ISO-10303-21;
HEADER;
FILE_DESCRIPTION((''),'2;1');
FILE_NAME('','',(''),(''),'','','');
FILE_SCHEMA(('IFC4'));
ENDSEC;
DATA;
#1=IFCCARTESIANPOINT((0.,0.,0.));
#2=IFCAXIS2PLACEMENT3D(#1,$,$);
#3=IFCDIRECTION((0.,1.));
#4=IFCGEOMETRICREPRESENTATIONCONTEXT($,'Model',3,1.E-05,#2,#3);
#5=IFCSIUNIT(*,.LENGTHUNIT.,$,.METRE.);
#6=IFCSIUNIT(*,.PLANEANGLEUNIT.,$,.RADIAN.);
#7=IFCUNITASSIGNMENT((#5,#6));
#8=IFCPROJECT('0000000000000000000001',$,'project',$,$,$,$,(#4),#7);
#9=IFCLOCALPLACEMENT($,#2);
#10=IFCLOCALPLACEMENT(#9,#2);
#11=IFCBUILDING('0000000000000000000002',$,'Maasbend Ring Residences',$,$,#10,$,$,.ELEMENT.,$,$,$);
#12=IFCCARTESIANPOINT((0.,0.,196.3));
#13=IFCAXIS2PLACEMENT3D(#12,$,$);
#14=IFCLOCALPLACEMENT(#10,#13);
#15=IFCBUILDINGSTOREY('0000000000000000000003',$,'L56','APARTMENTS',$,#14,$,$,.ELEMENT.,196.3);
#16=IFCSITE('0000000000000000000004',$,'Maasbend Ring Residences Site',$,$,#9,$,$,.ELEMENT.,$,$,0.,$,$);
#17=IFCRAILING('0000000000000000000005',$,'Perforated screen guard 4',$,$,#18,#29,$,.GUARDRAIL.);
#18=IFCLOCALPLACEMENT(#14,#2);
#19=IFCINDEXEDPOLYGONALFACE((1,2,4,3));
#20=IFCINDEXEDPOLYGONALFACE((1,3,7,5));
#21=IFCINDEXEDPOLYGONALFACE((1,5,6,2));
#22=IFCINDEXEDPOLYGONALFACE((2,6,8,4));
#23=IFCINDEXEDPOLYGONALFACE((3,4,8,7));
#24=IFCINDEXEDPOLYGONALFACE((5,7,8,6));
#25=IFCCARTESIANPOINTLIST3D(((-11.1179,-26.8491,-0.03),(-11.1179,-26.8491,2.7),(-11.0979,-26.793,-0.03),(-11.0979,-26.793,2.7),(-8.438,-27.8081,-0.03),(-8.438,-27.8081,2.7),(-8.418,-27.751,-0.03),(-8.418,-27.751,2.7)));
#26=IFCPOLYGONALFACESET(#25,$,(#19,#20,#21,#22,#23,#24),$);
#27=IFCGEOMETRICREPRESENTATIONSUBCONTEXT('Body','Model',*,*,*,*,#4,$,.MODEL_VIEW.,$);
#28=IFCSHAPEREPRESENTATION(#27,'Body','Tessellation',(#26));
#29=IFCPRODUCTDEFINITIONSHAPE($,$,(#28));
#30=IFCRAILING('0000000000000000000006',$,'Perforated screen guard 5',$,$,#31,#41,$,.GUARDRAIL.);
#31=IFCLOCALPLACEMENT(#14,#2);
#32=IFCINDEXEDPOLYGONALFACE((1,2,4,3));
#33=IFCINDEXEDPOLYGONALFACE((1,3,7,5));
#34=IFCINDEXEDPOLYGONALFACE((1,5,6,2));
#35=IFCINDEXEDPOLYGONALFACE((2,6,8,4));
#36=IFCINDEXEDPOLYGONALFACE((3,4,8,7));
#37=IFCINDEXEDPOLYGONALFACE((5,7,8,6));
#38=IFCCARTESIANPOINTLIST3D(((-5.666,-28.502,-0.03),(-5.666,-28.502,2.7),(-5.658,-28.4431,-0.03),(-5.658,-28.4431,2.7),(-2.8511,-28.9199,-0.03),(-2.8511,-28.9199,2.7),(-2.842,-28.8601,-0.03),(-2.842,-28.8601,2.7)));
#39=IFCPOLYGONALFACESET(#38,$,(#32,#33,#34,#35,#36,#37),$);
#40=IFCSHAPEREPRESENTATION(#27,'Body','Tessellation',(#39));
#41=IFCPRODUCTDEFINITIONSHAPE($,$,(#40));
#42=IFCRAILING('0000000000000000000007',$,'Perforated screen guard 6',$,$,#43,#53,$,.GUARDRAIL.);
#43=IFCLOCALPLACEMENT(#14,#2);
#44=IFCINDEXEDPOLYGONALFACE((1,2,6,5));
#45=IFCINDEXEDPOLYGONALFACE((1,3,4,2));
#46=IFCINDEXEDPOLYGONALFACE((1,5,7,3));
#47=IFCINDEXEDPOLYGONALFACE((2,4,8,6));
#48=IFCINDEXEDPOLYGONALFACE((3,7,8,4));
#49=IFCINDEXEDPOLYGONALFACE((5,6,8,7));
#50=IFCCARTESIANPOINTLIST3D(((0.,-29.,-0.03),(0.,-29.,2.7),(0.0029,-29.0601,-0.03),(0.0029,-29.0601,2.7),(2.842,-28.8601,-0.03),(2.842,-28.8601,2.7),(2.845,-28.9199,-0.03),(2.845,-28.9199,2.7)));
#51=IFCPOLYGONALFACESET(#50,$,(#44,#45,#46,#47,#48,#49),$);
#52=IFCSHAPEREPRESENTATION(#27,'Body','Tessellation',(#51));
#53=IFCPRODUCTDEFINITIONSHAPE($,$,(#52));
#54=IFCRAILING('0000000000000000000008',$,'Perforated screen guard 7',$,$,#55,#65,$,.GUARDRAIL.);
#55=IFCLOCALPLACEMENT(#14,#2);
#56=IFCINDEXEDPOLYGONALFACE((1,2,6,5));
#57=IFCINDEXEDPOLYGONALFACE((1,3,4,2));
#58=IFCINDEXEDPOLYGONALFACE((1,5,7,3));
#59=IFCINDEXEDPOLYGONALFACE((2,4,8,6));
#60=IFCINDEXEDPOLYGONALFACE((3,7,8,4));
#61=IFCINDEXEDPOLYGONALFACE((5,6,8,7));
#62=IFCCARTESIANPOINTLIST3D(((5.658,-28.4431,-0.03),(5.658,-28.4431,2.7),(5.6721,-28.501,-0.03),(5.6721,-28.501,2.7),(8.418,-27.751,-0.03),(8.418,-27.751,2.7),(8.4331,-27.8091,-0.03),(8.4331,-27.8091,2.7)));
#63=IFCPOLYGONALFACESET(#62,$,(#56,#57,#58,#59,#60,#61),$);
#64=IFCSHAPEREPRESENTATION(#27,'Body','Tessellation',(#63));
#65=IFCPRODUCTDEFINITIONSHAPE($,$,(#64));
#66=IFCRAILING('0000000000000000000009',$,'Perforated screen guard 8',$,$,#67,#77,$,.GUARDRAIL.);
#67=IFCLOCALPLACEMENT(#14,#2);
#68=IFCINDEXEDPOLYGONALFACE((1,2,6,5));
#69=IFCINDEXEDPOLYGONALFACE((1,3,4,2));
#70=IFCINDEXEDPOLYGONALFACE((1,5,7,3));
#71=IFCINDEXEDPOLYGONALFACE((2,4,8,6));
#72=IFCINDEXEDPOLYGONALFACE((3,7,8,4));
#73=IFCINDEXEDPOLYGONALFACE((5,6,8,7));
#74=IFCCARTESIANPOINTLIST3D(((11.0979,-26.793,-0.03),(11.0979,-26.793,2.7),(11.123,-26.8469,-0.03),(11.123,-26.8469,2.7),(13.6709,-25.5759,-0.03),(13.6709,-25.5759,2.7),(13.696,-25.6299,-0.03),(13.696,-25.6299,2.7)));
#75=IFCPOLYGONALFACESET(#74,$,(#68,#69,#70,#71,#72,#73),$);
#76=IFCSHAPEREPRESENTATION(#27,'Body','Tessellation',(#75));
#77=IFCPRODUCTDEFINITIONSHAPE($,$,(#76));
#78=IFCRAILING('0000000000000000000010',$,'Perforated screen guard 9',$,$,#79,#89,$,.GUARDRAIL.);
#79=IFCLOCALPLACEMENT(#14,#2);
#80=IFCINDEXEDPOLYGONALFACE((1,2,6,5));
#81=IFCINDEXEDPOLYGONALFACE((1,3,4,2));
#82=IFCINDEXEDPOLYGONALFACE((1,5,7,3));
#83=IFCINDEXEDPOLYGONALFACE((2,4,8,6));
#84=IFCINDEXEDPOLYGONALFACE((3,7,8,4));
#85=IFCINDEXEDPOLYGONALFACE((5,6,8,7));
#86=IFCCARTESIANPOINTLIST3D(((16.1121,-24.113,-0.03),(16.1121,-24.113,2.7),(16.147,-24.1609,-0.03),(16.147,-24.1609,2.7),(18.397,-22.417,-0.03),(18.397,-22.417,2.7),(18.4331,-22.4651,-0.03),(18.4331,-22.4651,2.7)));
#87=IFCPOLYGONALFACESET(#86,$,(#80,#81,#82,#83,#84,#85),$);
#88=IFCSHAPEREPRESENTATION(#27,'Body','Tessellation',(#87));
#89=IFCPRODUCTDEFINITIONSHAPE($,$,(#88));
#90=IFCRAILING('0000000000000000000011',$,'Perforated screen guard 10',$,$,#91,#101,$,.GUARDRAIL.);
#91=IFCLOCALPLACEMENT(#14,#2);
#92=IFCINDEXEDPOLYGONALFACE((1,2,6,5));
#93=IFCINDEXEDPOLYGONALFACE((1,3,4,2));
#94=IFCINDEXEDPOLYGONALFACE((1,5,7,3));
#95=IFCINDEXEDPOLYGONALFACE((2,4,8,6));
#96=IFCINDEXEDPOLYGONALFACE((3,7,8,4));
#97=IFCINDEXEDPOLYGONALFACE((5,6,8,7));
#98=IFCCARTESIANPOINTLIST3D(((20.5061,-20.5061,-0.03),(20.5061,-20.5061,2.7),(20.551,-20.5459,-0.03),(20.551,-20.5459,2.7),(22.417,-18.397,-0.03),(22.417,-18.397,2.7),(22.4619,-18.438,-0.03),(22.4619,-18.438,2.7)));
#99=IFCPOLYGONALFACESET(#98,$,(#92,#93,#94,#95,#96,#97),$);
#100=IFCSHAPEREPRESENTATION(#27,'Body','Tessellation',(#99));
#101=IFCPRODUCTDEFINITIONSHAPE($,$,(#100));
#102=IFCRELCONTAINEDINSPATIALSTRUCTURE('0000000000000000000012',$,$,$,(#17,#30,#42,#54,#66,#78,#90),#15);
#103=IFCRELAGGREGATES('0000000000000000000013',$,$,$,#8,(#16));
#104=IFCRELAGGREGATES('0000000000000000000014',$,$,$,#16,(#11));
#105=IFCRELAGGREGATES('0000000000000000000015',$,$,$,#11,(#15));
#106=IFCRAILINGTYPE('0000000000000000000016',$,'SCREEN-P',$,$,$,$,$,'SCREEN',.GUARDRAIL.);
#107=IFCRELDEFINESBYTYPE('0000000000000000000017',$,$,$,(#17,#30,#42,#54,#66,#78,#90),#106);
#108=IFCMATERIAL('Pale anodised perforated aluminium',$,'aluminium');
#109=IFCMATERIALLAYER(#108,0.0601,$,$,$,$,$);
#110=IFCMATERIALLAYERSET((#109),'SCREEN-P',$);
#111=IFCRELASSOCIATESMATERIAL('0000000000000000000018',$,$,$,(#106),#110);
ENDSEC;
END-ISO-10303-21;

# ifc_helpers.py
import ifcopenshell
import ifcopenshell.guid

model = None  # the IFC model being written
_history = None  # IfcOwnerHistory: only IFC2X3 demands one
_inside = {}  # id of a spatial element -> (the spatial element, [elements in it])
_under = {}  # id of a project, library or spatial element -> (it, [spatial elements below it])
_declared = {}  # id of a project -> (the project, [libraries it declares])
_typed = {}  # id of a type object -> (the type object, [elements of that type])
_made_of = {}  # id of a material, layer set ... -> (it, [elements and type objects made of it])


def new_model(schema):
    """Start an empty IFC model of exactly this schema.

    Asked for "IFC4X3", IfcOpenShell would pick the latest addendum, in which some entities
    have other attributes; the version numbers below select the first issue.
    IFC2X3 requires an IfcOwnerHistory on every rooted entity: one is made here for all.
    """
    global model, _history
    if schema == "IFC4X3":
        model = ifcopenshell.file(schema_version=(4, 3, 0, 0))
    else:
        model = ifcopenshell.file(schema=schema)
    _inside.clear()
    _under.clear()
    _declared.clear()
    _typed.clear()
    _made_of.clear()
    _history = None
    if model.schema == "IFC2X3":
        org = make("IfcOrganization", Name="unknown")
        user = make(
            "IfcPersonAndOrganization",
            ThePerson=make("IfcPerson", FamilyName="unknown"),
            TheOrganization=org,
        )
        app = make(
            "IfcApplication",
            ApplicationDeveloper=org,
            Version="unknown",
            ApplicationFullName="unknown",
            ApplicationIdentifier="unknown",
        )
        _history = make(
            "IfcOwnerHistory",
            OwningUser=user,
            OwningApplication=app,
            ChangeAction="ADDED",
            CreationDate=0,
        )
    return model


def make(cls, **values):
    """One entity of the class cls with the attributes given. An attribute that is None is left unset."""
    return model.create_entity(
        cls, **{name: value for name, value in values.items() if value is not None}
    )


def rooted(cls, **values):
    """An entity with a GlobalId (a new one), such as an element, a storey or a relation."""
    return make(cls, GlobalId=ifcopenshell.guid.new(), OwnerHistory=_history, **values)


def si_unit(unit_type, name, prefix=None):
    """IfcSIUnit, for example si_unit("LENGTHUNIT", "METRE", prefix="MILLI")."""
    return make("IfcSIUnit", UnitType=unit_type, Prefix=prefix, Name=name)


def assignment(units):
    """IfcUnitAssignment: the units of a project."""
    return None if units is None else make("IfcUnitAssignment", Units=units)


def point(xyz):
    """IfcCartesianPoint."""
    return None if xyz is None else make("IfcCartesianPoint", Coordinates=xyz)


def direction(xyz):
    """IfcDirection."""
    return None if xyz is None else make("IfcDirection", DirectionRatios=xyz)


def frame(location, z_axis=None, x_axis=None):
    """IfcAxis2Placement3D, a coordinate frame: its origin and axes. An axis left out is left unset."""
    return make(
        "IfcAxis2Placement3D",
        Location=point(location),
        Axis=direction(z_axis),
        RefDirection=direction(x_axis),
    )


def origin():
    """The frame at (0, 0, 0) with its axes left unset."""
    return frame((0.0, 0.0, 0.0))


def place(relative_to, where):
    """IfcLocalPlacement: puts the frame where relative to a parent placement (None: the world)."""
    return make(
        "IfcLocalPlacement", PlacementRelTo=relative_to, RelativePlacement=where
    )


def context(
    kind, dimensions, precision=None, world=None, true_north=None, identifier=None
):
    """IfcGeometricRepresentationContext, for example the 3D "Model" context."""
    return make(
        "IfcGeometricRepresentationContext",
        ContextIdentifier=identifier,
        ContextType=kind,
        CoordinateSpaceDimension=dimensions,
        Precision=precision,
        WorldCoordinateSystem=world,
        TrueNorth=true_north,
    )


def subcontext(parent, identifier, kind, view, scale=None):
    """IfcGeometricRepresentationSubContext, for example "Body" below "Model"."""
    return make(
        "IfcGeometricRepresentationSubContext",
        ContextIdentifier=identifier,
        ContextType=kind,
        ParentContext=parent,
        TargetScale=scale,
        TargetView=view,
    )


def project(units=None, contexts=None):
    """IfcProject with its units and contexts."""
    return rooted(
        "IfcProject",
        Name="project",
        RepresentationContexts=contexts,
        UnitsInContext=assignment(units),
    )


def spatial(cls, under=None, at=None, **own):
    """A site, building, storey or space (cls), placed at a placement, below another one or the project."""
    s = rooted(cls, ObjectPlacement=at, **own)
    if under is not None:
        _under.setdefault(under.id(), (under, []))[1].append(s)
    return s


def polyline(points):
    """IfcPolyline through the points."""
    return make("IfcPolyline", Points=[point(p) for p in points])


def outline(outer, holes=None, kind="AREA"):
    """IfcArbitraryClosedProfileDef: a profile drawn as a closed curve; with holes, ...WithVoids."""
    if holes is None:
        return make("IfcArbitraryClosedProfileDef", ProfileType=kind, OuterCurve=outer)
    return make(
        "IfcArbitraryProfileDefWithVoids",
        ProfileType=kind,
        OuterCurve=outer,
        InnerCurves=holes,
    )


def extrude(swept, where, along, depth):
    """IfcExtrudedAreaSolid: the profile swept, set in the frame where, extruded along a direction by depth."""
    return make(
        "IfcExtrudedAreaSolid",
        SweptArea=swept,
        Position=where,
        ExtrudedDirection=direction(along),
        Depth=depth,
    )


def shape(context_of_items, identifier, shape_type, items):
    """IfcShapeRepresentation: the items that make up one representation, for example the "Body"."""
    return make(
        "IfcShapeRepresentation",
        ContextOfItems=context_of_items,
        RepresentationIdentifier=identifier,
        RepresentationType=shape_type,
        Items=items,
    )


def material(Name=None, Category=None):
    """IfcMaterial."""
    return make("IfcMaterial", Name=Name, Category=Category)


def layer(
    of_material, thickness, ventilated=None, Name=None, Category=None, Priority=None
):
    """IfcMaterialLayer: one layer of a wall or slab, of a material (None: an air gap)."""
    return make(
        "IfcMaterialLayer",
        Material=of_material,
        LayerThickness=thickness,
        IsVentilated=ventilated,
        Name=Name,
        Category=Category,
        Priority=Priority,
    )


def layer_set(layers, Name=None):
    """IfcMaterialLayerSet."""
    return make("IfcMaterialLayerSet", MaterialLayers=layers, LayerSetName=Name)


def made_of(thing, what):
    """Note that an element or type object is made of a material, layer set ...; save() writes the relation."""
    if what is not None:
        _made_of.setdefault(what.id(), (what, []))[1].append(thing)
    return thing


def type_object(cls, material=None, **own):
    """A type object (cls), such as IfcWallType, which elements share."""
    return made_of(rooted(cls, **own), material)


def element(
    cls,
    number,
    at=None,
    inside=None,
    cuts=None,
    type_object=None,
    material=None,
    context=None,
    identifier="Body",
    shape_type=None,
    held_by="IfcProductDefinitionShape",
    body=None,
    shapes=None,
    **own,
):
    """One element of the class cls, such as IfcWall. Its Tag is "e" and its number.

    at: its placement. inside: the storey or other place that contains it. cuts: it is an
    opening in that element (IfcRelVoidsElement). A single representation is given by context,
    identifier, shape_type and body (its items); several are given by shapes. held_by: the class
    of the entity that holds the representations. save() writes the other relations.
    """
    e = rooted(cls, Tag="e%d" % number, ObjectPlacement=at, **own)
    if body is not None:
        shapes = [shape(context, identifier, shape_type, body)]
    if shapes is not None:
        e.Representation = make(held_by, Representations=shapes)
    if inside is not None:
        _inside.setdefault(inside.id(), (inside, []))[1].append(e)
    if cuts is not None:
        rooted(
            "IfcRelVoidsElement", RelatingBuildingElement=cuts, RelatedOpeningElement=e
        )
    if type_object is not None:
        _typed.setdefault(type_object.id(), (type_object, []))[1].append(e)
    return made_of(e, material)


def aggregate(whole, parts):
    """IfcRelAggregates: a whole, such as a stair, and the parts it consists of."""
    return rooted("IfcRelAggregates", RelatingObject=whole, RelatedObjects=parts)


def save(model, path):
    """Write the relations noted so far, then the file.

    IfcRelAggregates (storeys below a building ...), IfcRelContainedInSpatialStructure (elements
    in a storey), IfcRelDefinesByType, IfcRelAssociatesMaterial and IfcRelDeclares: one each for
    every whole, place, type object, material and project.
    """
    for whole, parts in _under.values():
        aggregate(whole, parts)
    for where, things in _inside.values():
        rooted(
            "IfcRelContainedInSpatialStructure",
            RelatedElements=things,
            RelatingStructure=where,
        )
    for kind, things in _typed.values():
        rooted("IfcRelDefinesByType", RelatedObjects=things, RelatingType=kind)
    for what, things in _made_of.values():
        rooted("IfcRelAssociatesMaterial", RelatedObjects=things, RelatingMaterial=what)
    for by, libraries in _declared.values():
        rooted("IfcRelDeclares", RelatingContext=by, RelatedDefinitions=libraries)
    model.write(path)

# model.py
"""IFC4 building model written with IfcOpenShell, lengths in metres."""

from ifc_helpers import new_model, si_unit, direction, frame, origin, place, context, subcontext, project, spatial, polyline, outline, extrude, material, layer, layer_set, type_object, element, save


model = new_model("IFC4")

# Units and contexts
model_context = context("Model", 3, precision=1e-05, world=origin(), true_north=direction((0.0, 1.0)))
body_context = subcontext(model_context, "Body", "Model", "MODEL_VIEW")
ifc_project = project(units=[si_unit("LENGTHUNIT", "METRE"), si_unit("PLANEANGLEUNIT", "RADIAN")], contexts=[model_context])

# Site, building, storey
site_placement = place(None, origin())
site = spatial("IfcSite", under=ifc_project, at=site_placement, Name="Maasbend Ring Residences Site", CompositionType="ELEMENT", RefElevation=0.0)
building_placement = place(site_placement, origin())
building = spatial("IfcBuilding", under=site, at=building_placement, Name="Maasbend Ring Residences", CompositionType="ELEMENT")
storey_placement = place(building_placement, frame((0.0, 0.0, 196.3)))
storey = spatial("IfcBuildingStorey", under=building, at=storey_placement, Name="L56", Description="APARTMENTS", CompositionType="ELEMENT", Elevation=196.3)

# Railings
ifc_material_1 = material(Name="Pale anodised perforated aluminium", Category="aluminium")
ifc_layer_1 = layer(ifc_material_1, 0.0601)
ifc_layer_set_1 = layer_set([ifc_layer_1], Name="SCREEN-P")
railing_type = type_object("IfcRailingType", Name="SCREEN-P", ElementType="SCREEN", PredefinedType="GUARDRAIL", material=ifc_layer_set_1)
railing_1_placement = place(storey_placement, frame((0.0, 0.0, -0.03)))
element("IfcRailing", 1, at=railing_1_placement, inside=storey, type_object=railing_type, Name="Perforated screen guard 4", PredefinedType="GUARDRAIL", context=body_context, shape_type="SweptSolid", body=[
    extrude(outline(polyline([(-11.0979, -26.793), (-8.418, -27.751), (-8.438, -27.8081), (-11.1179, -26.8491), (-11.0979, -26.793)])), origin(), (0.0, 0.0, 1.0), 2.73),
])
railing_2_placement = place(storey_placement, frame((0.0, 0.0, -0.03)))
element("IfcRailing", 2, at=railing_2_placement, inside=storey, type_object=railing_type, Name="Perforated screen guard 5", PredefinedType="GUARDRAIL", context=body_context, shape_type="SweptSolid", body=[
    extrude(outline(polyline([(-5.658, -28.4431), (-2.842, -28.8601), (-2.8511, -28.9199), (-5.666, -28.502), (-5.658, -28.4431)])), origin(), (0.0, 0.0, 1.0), 2.73),
])
railing_3_placement = place(storey_placement, frame((0.0, 0.0, -0.03)))
element("IfcRailing", 3, at=railing_3_placement, inside=storey, type_object=railing_type, Name="Perforated screen guard 6", PredefinedType="GUARDRAIL", context=body_context, shape_type="SweptSolid", body=[
    extrude(outline(polyline([(0.0, -29.0), (2.842, -28.8601), (2.845, -28.9199), (0.0029, -29.0601), (0.0, -29.0)])), origin(), (0.0, 0.0, 1.0), 2.73),
])
railing_4_placement = place(storey_placement, frame((0.0, 0.0, -0.03)))
element("IfcRailing", 4, at=railing_4_placement, inside=storey, type_object=railing_type, Name="Perforated screen guard 7", PredefinedType="GUARDRAIL", context=body_context, shape_type="SweptSolid", body=[
    extrude(outline(polyline([(5.658, -28.4431), (8.418, -27.751), (8.4331, -27.8091), (5.6721, -28.501), (5.658, -28.4431)])), origin(), (0.0, 0.0, 1.0), 2.73),
])
railing_5_placement = place(storey_placement, frame((0.0, 0.0, -0.03)))
element("IfcRailing", 5, at=railing_5_placement, inside=storey, type_object=railing_type, Name="Perforated screen guard 8", PredefinedType="GUARDRAIL", context=body_context, shape_type="SweptSolid", body=[
    extrude(outline(polyline([(11.0979, -26.793), (13.6709, -25.5759), (13.696, -25.6299), (11.123, -26.8469), (11.0979, -26.793)])), origin(), (0.0, 0.0, 1.0), 2.73),
])
railing_6_placement = place(storey_placement, frame((0.0, 0.0, -0.03)))
element("IfcRailing", 6, at=railing_6_placement, inside=storey, type_object=railing_type, Name="Perforated screen guard 9", PredefinedType="GUARDRAIL", context=body_context, shape_type="SweptSolid", body=[
    extrude(outline(polyline([(16.1121, -24.113), (18.397, -22.417), (18.4331, -22.4651), (16.147, -24.1609), (16.1121, -24.113)])), origin(), (0.0, 0.0, 1.0), 2.73),
])
railing_7_placement = place(storey_placement, frame((0.0, 0.0, -0.03)))
element("IfcRailing", 7, at=railing_7_placement, inside=storey, type_object=railing_type, Name="Perforated screen guard 10", PredefinedType="GUARDRAIL", context=body_context, shape_type="SweptSolid", body=[
    extrude(outline(polyline([(20.5061, -20.5061), (22.417, -18.397), (22.4619, -18.438), (20.551, -20.5459), (20.5061, -20.5061)])), origin(), (0.0, 0.0, 1.0), 2.73),
])

save(model, "model.ifc")
